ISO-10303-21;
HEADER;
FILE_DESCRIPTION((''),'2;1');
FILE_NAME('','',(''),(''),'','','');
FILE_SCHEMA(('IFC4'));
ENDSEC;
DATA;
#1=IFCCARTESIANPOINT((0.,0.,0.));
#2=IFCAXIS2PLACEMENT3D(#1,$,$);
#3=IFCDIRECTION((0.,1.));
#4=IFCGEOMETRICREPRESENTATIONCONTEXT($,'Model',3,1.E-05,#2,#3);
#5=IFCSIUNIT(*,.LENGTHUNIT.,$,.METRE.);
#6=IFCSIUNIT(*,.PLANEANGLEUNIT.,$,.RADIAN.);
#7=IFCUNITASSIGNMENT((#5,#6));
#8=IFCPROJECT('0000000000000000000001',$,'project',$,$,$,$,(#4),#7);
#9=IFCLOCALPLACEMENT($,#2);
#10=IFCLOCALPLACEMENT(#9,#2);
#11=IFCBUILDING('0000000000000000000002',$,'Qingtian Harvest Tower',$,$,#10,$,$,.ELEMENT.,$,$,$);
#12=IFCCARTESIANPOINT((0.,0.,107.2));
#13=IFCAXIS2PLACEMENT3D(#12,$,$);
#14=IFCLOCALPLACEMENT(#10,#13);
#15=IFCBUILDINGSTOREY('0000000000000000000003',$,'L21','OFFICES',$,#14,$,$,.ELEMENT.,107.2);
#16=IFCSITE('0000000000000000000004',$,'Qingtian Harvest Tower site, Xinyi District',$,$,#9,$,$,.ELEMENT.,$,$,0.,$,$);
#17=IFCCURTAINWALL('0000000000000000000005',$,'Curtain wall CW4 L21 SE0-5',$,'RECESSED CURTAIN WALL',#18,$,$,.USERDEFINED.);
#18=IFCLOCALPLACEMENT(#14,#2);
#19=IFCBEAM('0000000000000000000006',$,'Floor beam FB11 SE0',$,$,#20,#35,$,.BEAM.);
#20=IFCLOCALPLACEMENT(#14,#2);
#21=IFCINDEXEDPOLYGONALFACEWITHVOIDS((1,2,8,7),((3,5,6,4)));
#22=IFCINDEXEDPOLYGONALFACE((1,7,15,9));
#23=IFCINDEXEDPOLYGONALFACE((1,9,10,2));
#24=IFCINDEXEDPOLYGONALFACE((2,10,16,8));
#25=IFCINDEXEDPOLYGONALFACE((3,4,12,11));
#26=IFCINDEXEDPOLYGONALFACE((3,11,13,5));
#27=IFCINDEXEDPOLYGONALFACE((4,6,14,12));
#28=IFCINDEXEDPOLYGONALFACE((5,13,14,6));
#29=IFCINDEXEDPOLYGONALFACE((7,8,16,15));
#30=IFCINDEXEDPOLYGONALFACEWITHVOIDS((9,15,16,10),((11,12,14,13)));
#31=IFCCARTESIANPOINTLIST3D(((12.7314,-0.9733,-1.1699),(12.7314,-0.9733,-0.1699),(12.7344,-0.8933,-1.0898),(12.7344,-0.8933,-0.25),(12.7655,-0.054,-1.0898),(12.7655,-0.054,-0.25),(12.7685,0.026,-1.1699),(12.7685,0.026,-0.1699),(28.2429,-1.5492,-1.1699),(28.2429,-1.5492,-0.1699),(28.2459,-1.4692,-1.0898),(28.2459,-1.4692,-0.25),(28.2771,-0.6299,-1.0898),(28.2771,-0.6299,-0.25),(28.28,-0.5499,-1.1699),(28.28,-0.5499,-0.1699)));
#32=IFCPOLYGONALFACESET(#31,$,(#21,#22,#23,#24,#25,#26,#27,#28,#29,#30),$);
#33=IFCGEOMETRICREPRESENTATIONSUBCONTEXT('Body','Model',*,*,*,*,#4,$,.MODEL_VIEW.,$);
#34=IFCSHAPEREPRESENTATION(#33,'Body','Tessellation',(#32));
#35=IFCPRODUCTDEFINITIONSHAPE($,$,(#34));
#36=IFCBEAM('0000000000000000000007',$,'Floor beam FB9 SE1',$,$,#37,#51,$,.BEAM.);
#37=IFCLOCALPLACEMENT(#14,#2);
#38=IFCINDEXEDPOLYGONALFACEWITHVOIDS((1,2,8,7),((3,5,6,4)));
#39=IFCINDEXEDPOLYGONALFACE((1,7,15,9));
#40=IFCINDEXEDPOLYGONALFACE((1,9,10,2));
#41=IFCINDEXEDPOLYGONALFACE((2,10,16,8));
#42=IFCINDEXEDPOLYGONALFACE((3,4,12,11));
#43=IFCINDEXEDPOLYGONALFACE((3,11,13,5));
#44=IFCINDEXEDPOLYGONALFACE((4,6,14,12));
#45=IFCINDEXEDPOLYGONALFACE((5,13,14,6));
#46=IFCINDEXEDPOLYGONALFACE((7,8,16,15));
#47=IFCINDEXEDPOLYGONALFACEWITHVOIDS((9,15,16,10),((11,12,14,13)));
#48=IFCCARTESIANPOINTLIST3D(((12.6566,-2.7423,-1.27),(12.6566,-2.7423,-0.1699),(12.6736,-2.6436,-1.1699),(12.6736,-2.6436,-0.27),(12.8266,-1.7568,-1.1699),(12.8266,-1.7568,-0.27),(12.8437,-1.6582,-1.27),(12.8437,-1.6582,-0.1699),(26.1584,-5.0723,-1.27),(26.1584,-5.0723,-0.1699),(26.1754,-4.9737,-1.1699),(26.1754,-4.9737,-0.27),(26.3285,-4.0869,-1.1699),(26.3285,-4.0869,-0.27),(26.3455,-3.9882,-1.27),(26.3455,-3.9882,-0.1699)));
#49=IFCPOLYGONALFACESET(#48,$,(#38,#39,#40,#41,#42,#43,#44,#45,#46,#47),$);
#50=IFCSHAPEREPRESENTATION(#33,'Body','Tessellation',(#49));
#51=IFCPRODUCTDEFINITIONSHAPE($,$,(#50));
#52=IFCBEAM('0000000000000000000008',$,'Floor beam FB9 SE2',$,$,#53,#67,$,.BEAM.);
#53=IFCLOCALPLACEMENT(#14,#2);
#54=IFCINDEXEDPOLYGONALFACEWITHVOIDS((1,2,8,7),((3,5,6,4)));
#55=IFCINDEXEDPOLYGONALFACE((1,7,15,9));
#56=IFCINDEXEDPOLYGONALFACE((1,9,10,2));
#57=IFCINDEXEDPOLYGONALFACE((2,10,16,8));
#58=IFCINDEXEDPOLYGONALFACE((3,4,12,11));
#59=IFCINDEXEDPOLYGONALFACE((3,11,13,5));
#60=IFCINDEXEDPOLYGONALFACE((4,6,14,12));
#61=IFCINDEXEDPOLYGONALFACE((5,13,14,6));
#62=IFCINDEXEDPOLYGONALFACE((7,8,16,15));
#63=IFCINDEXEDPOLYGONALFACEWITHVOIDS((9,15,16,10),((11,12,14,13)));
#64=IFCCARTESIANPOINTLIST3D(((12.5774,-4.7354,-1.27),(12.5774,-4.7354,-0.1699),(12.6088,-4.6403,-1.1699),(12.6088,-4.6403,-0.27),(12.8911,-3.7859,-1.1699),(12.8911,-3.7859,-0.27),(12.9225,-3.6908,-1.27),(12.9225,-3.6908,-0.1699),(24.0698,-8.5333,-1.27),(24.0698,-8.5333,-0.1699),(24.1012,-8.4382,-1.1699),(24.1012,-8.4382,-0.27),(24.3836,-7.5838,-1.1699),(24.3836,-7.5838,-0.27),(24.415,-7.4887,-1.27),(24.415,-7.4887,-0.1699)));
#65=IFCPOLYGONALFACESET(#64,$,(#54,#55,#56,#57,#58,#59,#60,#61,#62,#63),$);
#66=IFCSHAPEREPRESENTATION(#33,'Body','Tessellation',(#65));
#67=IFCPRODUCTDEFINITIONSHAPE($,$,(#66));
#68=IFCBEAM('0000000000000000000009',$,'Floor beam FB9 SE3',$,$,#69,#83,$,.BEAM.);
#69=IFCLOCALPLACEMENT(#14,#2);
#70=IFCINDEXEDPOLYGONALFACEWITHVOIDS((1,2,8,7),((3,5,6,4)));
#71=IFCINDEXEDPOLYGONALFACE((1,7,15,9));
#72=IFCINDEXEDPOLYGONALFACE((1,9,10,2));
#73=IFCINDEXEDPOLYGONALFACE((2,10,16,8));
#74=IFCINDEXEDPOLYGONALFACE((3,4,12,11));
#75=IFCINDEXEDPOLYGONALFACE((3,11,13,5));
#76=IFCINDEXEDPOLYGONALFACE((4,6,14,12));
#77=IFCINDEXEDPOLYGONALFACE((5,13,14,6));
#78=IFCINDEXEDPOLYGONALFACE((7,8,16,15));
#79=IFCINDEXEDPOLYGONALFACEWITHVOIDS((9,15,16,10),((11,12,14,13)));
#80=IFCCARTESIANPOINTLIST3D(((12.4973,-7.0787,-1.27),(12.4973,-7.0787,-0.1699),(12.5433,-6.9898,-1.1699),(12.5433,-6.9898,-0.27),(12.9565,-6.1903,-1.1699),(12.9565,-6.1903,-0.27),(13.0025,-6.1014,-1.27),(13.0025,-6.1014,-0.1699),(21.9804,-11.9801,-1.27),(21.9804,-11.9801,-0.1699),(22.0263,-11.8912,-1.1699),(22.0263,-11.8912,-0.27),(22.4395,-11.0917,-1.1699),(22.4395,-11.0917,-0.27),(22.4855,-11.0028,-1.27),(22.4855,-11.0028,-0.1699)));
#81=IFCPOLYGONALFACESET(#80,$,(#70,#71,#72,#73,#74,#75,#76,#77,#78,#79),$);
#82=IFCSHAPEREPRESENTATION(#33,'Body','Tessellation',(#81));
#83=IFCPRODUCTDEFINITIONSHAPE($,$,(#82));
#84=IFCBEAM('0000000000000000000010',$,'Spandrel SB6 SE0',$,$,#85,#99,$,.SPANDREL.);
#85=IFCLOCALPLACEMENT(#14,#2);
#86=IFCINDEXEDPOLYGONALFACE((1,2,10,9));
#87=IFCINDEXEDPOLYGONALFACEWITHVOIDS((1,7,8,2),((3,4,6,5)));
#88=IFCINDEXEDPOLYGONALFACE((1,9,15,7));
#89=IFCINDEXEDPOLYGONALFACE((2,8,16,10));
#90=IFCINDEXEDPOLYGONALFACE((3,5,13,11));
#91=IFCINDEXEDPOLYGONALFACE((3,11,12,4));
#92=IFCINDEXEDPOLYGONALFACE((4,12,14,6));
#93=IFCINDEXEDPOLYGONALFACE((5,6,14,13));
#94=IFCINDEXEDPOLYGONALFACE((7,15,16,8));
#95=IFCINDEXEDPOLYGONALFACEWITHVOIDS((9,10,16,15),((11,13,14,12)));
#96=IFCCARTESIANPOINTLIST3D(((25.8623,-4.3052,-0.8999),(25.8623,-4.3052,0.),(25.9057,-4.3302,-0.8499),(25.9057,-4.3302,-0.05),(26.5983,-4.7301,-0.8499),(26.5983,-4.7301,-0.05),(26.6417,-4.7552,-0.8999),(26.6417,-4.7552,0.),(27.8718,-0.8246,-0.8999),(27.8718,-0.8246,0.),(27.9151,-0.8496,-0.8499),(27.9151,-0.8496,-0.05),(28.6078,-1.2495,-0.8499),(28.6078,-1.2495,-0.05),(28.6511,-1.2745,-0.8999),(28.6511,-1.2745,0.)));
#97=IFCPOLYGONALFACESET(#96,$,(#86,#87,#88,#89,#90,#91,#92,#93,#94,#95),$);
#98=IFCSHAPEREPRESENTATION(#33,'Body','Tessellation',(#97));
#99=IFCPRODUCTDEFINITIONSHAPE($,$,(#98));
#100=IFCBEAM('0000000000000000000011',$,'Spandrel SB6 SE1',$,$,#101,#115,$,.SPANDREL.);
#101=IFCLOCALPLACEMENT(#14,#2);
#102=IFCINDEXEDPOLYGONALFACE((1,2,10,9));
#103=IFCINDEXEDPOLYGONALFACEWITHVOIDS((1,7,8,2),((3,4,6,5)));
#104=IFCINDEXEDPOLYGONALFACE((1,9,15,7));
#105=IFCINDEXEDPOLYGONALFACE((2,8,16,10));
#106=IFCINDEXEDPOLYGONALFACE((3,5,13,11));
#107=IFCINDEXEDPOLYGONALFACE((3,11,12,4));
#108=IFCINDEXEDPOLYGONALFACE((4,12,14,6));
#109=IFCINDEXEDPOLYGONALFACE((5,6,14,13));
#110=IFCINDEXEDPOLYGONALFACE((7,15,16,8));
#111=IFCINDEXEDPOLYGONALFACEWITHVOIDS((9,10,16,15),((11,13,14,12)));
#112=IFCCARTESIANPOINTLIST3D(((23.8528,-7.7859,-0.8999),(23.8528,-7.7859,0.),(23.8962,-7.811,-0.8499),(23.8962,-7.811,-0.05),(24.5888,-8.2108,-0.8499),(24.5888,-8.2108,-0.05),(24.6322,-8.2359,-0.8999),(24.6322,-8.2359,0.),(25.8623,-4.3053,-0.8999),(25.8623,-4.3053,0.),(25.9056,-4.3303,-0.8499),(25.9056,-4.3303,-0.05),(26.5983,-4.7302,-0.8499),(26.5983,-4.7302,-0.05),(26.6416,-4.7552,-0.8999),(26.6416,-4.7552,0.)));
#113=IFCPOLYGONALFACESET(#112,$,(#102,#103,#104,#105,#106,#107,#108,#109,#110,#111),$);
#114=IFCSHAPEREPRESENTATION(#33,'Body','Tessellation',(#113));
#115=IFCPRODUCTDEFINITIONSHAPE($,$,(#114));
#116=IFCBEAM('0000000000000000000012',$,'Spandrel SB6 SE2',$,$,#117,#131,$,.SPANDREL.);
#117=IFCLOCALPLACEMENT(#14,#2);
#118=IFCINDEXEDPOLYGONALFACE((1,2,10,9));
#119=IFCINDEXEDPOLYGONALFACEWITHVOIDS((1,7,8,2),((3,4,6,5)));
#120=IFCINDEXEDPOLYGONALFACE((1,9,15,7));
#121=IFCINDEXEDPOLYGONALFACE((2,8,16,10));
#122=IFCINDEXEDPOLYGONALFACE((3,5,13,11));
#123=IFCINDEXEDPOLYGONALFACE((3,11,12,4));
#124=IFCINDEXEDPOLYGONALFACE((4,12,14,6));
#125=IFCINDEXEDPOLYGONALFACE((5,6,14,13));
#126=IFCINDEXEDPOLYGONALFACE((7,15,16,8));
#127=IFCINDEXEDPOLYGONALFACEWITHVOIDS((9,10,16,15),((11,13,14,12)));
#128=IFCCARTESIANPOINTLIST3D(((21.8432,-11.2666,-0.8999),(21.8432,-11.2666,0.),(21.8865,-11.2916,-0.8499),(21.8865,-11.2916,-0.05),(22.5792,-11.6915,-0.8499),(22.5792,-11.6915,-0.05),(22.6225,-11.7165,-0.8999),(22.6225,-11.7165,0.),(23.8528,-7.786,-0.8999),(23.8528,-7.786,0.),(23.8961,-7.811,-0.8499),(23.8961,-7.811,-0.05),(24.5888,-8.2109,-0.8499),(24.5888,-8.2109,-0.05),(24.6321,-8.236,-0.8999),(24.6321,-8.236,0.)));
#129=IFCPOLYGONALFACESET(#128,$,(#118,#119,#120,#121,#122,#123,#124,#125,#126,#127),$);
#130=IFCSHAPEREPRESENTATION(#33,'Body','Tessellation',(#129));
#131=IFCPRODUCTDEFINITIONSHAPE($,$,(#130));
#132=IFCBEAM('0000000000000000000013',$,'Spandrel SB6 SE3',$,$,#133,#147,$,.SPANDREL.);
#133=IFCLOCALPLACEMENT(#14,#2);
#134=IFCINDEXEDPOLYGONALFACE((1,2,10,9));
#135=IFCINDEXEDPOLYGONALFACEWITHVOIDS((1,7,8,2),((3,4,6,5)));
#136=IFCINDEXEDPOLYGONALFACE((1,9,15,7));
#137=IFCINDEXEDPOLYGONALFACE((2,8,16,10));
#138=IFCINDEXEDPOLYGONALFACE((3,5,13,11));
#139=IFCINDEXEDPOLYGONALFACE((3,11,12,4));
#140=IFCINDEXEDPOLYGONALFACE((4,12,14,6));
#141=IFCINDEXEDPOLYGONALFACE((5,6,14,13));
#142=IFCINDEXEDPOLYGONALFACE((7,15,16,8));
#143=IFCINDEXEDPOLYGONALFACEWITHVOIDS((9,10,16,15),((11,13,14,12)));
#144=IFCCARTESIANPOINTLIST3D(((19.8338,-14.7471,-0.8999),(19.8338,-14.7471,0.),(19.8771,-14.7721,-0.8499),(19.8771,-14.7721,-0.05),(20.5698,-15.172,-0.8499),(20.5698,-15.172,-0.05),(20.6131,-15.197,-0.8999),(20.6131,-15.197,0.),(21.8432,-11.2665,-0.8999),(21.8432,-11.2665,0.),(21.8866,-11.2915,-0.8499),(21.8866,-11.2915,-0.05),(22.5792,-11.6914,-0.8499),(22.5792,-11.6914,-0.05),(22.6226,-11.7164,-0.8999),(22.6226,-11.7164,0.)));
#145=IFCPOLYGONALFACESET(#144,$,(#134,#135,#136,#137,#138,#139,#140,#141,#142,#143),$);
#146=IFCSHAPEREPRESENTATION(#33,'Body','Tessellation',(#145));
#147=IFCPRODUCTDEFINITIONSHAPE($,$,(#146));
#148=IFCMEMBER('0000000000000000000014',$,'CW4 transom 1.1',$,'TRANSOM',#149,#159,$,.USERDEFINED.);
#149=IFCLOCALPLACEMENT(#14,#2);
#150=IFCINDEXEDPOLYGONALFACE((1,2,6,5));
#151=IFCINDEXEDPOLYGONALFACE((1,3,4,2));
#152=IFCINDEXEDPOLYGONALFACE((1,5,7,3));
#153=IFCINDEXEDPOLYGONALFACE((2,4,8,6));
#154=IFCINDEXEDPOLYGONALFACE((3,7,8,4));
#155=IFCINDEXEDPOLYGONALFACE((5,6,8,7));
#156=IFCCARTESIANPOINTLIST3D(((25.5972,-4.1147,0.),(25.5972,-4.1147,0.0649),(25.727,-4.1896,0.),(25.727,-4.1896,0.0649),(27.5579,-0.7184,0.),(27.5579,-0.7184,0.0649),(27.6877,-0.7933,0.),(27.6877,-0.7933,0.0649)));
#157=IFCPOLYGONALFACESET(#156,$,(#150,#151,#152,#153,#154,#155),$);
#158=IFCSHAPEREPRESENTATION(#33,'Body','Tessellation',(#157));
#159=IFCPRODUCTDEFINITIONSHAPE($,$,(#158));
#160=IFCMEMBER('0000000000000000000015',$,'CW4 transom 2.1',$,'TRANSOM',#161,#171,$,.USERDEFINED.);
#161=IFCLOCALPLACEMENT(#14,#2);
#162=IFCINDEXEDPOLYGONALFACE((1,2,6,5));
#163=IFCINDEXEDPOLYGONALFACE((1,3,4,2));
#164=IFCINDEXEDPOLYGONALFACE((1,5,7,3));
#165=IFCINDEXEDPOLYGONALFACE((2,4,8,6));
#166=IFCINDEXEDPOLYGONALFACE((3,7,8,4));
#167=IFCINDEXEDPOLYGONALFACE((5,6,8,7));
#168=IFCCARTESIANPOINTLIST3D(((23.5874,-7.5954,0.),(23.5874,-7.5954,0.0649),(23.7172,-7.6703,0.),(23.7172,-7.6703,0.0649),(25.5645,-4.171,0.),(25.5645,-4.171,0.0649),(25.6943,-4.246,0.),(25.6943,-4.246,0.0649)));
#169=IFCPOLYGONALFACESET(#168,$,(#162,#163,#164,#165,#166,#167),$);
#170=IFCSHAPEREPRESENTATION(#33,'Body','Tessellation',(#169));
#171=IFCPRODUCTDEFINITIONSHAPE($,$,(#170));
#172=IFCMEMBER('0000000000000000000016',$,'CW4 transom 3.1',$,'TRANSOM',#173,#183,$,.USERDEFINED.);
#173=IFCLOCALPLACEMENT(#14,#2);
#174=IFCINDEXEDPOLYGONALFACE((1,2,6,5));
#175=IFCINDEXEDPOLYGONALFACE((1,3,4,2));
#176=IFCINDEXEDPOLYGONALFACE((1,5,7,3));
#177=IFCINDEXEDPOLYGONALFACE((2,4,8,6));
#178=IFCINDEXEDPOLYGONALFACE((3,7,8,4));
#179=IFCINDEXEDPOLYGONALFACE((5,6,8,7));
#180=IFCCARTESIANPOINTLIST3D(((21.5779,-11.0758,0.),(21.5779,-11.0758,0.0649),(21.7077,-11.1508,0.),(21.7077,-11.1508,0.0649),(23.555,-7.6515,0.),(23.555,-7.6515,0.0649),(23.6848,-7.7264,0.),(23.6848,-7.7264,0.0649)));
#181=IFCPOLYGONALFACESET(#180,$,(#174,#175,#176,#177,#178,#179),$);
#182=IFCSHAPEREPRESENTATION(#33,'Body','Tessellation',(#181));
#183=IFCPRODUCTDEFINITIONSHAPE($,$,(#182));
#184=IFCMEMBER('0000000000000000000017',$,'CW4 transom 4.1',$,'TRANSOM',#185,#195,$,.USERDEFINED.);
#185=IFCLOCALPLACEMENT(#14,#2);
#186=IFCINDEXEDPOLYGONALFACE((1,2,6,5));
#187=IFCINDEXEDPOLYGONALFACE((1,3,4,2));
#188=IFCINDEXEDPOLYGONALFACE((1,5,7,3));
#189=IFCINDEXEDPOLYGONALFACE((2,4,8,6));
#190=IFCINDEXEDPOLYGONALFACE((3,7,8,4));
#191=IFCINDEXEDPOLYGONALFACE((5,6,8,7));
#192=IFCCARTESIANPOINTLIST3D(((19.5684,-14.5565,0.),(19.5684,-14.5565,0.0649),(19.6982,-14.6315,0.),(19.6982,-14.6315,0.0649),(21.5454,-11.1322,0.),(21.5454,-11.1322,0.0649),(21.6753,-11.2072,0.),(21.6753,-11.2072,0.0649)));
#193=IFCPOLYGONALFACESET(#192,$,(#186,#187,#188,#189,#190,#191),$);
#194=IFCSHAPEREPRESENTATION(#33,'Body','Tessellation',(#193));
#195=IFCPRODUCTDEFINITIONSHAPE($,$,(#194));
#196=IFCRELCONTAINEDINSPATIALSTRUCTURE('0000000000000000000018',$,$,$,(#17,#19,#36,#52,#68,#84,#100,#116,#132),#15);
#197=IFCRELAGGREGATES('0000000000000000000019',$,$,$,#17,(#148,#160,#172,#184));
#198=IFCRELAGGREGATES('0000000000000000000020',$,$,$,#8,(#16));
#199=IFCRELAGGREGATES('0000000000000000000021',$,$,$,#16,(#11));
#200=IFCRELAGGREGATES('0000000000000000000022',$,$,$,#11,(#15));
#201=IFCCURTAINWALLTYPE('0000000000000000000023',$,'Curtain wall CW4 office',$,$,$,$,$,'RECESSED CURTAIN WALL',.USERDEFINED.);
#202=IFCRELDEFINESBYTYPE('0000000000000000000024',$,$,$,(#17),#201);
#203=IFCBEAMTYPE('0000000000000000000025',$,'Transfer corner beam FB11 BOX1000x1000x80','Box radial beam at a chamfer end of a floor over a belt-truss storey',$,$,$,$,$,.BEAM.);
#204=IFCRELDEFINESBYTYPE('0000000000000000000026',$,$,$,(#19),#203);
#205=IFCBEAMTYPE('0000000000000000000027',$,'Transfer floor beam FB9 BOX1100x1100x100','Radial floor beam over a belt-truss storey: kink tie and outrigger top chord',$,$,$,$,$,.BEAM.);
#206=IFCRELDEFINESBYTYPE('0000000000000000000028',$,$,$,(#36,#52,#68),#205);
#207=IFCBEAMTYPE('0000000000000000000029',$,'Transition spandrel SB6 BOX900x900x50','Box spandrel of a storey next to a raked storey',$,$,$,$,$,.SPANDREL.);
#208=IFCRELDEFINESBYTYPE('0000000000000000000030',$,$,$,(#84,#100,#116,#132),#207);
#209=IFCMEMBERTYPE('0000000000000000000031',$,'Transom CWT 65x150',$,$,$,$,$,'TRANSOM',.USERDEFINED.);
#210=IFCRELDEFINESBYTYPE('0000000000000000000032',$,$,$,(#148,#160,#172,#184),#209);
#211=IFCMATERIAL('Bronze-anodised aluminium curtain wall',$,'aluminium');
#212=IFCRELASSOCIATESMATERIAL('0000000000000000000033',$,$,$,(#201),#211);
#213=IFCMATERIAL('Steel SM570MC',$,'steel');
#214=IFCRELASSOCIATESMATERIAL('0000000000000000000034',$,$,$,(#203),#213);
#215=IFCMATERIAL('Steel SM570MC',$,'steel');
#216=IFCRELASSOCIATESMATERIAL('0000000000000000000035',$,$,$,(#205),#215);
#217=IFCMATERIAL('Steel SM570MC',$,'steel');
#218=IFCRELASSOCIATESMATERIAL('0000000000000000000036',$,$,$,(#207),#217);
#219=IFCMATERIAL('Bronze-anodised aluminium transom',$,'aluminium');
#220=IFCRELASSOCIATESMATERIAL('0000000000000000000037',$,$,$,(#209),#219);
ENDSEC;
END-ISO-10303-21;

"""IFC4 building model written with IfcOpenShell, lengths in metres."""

from ifc_helpers import new_model, si_unit, direction, frame, origin, origin_2d, place, context, subcontext, project, spatial, rectangle, hollow_rectangle, extrude, material, material_profile, profile_set, type_object, element, aggregate, save


model = new_model("IFC4")

# Units and contexts
model_context = context("Model", 3, precision=1e-05, world=origin(), true_north=direction((0.0, 1.0)))
body_context = subcontext(model_context, "Body", "Model", "MODEL_VIEW")
ifc_project = project(units=[si_unit("LENGTHUNIT", "METRE"), si_unit("PLANEANGLEUNIT", "RADIAN")], contexts=[model_context])

# Site, building, storey
site_placement = place(None, origin())
site = spatial("IfcSite", under=ifc_project, at=site_placement, Name="Qingtian Harvest Tower site, Xinyi District", CompositionType="ELEMENT", RefElevation=0.0)
building_placement = place(site_placement, origin())
building = spatial("IfcBuilding", under=site, at=building_placement, Name="Qingtian Harvest Tower", CompositionType="ELEMENT")
storey_placement = place(building_placement, frame((0.0, 0.0, 107.2)))
storey = spatial("IfcBuildingStorey", under=building, at=storey_placement, Name="L21", Description="OFFICES", CompositionType="ELEMENT", Elevation=107.2)

# Shared definitions
ifc_material_1 = material(Name="Bronze-anodised aluminium curtain wall", Category="aluminium")
curtain_wall_type = type_object("IfcCurtainWallType", Name="Curtain wall CW4 office", ElementType="RECESSED CURTAIN WALL", PredefinedType="USERDEFINED", material=ifc_material_1)

# Curtain wall
curtain_wall_1_placement = place(storey_placement, origin())
curtain_wall_1 = element("IfcCurtainWall", 1, at=curtain_wall_1_placement, inside=storey, type_object=curtain_wall_type, Name="Curtain wall CW4 L21 SE0-5", ObjectType="RECESSED CURTAIN WALL", PredefinedType="USERDEFINED")

# Beams
ifc_material_2 = material(Name="Steel SM570MC", Category="steel")
ifc_material_profile_1 = material_profile(ifc_material_2, hollow_rectangle(XDim=1.0, YDim=1.0, WallThickness=0.0801, at=origin_2d()), Name="BOX1000x1000x80")
ifc_profile_set_1 = profile_set([ifc_material_profile_1], Name="Steel SM570MC")
beam_type_1 = type_object("IfcBeamType", Name="Transfer corner beam FB11 BOX1000x1000x80", Description="Box radial beam at a chamfer end of a floor over a belt-truss storey", PredefinedType="BEAM", material=ifc_profile_set_1)
beam_1_placement = place(storey_placement, frame((28.2615, -1.0496, -0.6699), z_axis=(-0.999311, 0.037104, 0.0), x_axis=(-0.037104, -0.999311, 0.0)))
element("IfcBeam", 2, at=beam_1_placement, inside=storey, type_object=beam_type_1, Name="Floor beam FB11 SE0", PredefinedType="BEAM", context=body_context, shape_type="SweptSolid", body=[
    extrude(hollow_rectangle(XDim=1.0, YDim=1.0, WallThickness=0.0801, at=origin_2d()), origin(), (0.0, 0.0, 1.0), 15.5222),
])
ifc_material_3 = material(Name="Steel SM570MC", Category="steel")
ifc_material_profile_2 = material_profile(ifc_material_3, hollow_rectangle(XDim=1.1001, YDim=1.1001, WallThickness=0.1001, at=origin_2d()), Name="BOX1100x1100x100")
ifc_profile_set_2 = profile_set([ifc_material_profile_2], Name="Steel SM570MC")
beam_type_2 = type_object("IfcBeamType", Name="Transfer floor beam FB9 BOX1100x1100x100", Description="Radial floor beam over a belt-truss storey: kink tie and outrigger top chord", PredefinedType="BEAM", material=ifc_profile_set_2)
beam_2_placement = place(storey_placement, frame((26.252, -4.5303, -0.72), z_axis=(-0.985434, 0.17006, 0.0), x_axis=(-0.17006, -0.985434, 0.0)))
element("IfcBeam", 3, at=beam_2_placement, inside=storey, type_object=beam_type_2, Name="Floor beam FB9 SE1", PredefinedType="BEAM", context=body_context, shape_type="SweptSolid", body=[
    extrude(hollow_rectangle(XDim=1.1001, YDim=1.1001, WallThickness=0.1001, at=origin_2d()), origin(), (0.0, 0.0, 1.0), 13.7014),
])
beam_3_placement = place(storey_placement, frame((24.2424, -8.011, -0.72), z_axis=(-0.949497, 0.313776, 0.0), x_axis=(-0.313776, -0.949497, 0.0)))
element("IfcBeam", 4, at=beam_3_placement, inside=storey, type_object=beam_type_2, Name="Floor beam FB9 SE2", PredefinedType="BEAM", context=body_context, shape_type="SweptSolid", body=[
    extrude(hollow_rectangle(XDim=1.1001, YDim=1.1001, WallThickness=0.1001, at=origin_2d()), origin(), (0.0, 0.0, 1.0), 12.1038),
])
beam_4_placement = place(storey_placement, frame((22.2329, -11.4915, -0.72), z_axis=(-0.888355, 0.459158, 0.0), x_axis=(-0.459158, -0.888355, 0.0)))
element("IfcBeam", 5, at=beam_4_placement, inside=storey, type_object=beam_type_2, Name="Floor beam FB9 SE3", PredefinedType="BEAM", context=body_context, shape_type="SweptSolid", body=[
    extrude(hollow_rectangle(XDim=1.1001, YDim=1.1001, WallThickness=0.1001, at=origin_2d()), origin(), (0.0, 0.0, 1.0), 10.6748),
])
ifc_material_4 = material(Name="Steel SM570MC", Category="steel")
ifc_material_profile_3 = material_profile(ifc_material_4, hollow_rectangle(XDim=0.8999, YDim=0.8999, WallThickness=0.05, at=origin_2d()), Name="BOX900x900x50")
ifc_profile_set_3 = profile_set([ifc_material_profile_3], Name="Steel SM570MC")
beam_type_3 = type_object("IfcBeamType", Name="Transition spandrel SB6 BOX900x900x50", Description="Box spandrel of a storey next to a raked storey", PredefinedType="SPANDREL", material=ifc_profile_set_3)
for number, where, z_axis, x_axis, name in (
    (6, (28.2615, -1.0496, -0.45), (-0.499987, -0.866033, 0.0), (0.866033, -0.499987, 0.0), "Spandrel SB6 SE0"),
    (7, (26.252, -4.5303, -0.45), (-0.499987, -0.866033, 0.0), (0.866033, -0.499987, 0.0), "Spandrel SB6 SE1"),
    (8, (24.2424, -8.011, -0.45), (-0.500013, -0.866018, 0.0), (0.866018, -0.500013, 0.0), "Spandrel SB6 SE2"),
    (9, (22.2329, -11.4915, -0.45), (-0.499987, -0.866033, 0.0), (0.866033, -0.499987, 0.0), "Spandrel SB6 SE3"),
):
    element("IfcBeam", number, at=place(storey_placement, frame(where, z_axis=z_axis, x_axis=x_axis)), inside=storey, type_object=beam_type_3, Name=name, PredefinedType="SPANDREL", context=body_context, shape_type="SweptSolid", body=[
        extrude(hollow_rectangle(XDim=0.8999, YDim=0.8999, WallThickness=0.05, at=origin_2d()), origin(), (0.0, 0.0, 1.0), 4.019),
    ])

# Members
ifc_material_5 = material(Name="Bronze-anodised aluminium transom", Category="aluminium")
ifc_material_profile_4 = material_profile(ifc_material_5, rectangle(XDim=0.1499, YDim=0.0649, at=origin_2d()), Name="AL 65x150")
ifc_profile_set_4 = profile_set([ifc_material_profile_4], Name="Bronze-anodised aluminium transom")
member_type_1 = type_object("IfcMemberType", Name="Transom CWT 65x150", ElementType="TRANSOM", PredefinedType="USERDEFINED", material=ifc_profile_set_4)
member_1_placement = place(storey_placement, frame((27.6228, -0.7559, 0.0325), z_axis=(-0.499976, -0.866039, 0.0), x_axis=(0.866039, -0.499976, 0.0)))
member_1 = element("IfcMember", 10, at=member_1_placement, type_object=member_type_1, Name="CW4 transom 1.1", ObjectType="TRANSOM", PredefinedType="USERDEFINED", context=body_context, shape_type="SweptSolid", body=[
    extrude(rectangle(XDim=0.1499, YDim=0.0649, at=origin_2d()), origin(), (0.0, 0.0, 1.0), 3.9216),
])
member_2_placement = place(storey_placement, frame((25.6294, -4.2085, 0.0325), z_axis=(-0.500004, -0.866023, 0.0), x_axis=(0.866023, -0.500004, 0.0)))
member_2 = element("IfcMember", 11, at=member_2_placement, type_object=member_type_1, Name="CW4 transom 2.1", ObjectType="TRANSOM", PredefinedType="USERDEFINED", context=body_context, shape_type="SweptSolid", body=[
    extrude(rectangle(XDim=0.1499, YDim=0.0649, at=origin_2d()), origin(), (0.0, 0.0, 1.0), 3.9541),
])
member_3_placement = place(storey_placement, frame((23.6199, -7.689, 0.0325), z_axis=(-0.500004, -0.866023, 0.0), x_axis=(0.866023, -0.500004, 0.0)))
member_3 = element("IfcMember", 12, at=member_3_placement, type_object=member_type_1, Name="CW4 transom 3.1", ObjectType="TRANSOM", PredefinedType="USERDEFINED", context=body_context, shape_type="SweptSolid", body=[
    extrude(rectangle(XDim=0.1499, YDim=0.0649, at=origin_2d()), origin(), (0.0, 0.0, 1.0), 3.9541),
])
member_4_placement = place(storey_placement, frame((21.6104, -11.1697, 0.0325), z_axis=(-0.500004, -0.866023, 0.0), x_axis=(0.866023, -0.500004, 0.0)))
member_4 = element("IfcMember", 13, at=member_4_placement, type_object=member_type_1, Name="CW4 transom 4.1", ObjectType="TRANSOM", PredefinedType="USERDEFINED", context=body_context, shape_type="SweptSolid", body=[
    extrude(rectangle(XDim=0.1499, YDim=0.0649, at=origin_2d()), origin(), (0.0, 0.0, 1.0), 3.9541),
])

aggregate(curtain_wall_1, [member_1, member_2, member_3, member_4])

save(model, "model.ifc")
